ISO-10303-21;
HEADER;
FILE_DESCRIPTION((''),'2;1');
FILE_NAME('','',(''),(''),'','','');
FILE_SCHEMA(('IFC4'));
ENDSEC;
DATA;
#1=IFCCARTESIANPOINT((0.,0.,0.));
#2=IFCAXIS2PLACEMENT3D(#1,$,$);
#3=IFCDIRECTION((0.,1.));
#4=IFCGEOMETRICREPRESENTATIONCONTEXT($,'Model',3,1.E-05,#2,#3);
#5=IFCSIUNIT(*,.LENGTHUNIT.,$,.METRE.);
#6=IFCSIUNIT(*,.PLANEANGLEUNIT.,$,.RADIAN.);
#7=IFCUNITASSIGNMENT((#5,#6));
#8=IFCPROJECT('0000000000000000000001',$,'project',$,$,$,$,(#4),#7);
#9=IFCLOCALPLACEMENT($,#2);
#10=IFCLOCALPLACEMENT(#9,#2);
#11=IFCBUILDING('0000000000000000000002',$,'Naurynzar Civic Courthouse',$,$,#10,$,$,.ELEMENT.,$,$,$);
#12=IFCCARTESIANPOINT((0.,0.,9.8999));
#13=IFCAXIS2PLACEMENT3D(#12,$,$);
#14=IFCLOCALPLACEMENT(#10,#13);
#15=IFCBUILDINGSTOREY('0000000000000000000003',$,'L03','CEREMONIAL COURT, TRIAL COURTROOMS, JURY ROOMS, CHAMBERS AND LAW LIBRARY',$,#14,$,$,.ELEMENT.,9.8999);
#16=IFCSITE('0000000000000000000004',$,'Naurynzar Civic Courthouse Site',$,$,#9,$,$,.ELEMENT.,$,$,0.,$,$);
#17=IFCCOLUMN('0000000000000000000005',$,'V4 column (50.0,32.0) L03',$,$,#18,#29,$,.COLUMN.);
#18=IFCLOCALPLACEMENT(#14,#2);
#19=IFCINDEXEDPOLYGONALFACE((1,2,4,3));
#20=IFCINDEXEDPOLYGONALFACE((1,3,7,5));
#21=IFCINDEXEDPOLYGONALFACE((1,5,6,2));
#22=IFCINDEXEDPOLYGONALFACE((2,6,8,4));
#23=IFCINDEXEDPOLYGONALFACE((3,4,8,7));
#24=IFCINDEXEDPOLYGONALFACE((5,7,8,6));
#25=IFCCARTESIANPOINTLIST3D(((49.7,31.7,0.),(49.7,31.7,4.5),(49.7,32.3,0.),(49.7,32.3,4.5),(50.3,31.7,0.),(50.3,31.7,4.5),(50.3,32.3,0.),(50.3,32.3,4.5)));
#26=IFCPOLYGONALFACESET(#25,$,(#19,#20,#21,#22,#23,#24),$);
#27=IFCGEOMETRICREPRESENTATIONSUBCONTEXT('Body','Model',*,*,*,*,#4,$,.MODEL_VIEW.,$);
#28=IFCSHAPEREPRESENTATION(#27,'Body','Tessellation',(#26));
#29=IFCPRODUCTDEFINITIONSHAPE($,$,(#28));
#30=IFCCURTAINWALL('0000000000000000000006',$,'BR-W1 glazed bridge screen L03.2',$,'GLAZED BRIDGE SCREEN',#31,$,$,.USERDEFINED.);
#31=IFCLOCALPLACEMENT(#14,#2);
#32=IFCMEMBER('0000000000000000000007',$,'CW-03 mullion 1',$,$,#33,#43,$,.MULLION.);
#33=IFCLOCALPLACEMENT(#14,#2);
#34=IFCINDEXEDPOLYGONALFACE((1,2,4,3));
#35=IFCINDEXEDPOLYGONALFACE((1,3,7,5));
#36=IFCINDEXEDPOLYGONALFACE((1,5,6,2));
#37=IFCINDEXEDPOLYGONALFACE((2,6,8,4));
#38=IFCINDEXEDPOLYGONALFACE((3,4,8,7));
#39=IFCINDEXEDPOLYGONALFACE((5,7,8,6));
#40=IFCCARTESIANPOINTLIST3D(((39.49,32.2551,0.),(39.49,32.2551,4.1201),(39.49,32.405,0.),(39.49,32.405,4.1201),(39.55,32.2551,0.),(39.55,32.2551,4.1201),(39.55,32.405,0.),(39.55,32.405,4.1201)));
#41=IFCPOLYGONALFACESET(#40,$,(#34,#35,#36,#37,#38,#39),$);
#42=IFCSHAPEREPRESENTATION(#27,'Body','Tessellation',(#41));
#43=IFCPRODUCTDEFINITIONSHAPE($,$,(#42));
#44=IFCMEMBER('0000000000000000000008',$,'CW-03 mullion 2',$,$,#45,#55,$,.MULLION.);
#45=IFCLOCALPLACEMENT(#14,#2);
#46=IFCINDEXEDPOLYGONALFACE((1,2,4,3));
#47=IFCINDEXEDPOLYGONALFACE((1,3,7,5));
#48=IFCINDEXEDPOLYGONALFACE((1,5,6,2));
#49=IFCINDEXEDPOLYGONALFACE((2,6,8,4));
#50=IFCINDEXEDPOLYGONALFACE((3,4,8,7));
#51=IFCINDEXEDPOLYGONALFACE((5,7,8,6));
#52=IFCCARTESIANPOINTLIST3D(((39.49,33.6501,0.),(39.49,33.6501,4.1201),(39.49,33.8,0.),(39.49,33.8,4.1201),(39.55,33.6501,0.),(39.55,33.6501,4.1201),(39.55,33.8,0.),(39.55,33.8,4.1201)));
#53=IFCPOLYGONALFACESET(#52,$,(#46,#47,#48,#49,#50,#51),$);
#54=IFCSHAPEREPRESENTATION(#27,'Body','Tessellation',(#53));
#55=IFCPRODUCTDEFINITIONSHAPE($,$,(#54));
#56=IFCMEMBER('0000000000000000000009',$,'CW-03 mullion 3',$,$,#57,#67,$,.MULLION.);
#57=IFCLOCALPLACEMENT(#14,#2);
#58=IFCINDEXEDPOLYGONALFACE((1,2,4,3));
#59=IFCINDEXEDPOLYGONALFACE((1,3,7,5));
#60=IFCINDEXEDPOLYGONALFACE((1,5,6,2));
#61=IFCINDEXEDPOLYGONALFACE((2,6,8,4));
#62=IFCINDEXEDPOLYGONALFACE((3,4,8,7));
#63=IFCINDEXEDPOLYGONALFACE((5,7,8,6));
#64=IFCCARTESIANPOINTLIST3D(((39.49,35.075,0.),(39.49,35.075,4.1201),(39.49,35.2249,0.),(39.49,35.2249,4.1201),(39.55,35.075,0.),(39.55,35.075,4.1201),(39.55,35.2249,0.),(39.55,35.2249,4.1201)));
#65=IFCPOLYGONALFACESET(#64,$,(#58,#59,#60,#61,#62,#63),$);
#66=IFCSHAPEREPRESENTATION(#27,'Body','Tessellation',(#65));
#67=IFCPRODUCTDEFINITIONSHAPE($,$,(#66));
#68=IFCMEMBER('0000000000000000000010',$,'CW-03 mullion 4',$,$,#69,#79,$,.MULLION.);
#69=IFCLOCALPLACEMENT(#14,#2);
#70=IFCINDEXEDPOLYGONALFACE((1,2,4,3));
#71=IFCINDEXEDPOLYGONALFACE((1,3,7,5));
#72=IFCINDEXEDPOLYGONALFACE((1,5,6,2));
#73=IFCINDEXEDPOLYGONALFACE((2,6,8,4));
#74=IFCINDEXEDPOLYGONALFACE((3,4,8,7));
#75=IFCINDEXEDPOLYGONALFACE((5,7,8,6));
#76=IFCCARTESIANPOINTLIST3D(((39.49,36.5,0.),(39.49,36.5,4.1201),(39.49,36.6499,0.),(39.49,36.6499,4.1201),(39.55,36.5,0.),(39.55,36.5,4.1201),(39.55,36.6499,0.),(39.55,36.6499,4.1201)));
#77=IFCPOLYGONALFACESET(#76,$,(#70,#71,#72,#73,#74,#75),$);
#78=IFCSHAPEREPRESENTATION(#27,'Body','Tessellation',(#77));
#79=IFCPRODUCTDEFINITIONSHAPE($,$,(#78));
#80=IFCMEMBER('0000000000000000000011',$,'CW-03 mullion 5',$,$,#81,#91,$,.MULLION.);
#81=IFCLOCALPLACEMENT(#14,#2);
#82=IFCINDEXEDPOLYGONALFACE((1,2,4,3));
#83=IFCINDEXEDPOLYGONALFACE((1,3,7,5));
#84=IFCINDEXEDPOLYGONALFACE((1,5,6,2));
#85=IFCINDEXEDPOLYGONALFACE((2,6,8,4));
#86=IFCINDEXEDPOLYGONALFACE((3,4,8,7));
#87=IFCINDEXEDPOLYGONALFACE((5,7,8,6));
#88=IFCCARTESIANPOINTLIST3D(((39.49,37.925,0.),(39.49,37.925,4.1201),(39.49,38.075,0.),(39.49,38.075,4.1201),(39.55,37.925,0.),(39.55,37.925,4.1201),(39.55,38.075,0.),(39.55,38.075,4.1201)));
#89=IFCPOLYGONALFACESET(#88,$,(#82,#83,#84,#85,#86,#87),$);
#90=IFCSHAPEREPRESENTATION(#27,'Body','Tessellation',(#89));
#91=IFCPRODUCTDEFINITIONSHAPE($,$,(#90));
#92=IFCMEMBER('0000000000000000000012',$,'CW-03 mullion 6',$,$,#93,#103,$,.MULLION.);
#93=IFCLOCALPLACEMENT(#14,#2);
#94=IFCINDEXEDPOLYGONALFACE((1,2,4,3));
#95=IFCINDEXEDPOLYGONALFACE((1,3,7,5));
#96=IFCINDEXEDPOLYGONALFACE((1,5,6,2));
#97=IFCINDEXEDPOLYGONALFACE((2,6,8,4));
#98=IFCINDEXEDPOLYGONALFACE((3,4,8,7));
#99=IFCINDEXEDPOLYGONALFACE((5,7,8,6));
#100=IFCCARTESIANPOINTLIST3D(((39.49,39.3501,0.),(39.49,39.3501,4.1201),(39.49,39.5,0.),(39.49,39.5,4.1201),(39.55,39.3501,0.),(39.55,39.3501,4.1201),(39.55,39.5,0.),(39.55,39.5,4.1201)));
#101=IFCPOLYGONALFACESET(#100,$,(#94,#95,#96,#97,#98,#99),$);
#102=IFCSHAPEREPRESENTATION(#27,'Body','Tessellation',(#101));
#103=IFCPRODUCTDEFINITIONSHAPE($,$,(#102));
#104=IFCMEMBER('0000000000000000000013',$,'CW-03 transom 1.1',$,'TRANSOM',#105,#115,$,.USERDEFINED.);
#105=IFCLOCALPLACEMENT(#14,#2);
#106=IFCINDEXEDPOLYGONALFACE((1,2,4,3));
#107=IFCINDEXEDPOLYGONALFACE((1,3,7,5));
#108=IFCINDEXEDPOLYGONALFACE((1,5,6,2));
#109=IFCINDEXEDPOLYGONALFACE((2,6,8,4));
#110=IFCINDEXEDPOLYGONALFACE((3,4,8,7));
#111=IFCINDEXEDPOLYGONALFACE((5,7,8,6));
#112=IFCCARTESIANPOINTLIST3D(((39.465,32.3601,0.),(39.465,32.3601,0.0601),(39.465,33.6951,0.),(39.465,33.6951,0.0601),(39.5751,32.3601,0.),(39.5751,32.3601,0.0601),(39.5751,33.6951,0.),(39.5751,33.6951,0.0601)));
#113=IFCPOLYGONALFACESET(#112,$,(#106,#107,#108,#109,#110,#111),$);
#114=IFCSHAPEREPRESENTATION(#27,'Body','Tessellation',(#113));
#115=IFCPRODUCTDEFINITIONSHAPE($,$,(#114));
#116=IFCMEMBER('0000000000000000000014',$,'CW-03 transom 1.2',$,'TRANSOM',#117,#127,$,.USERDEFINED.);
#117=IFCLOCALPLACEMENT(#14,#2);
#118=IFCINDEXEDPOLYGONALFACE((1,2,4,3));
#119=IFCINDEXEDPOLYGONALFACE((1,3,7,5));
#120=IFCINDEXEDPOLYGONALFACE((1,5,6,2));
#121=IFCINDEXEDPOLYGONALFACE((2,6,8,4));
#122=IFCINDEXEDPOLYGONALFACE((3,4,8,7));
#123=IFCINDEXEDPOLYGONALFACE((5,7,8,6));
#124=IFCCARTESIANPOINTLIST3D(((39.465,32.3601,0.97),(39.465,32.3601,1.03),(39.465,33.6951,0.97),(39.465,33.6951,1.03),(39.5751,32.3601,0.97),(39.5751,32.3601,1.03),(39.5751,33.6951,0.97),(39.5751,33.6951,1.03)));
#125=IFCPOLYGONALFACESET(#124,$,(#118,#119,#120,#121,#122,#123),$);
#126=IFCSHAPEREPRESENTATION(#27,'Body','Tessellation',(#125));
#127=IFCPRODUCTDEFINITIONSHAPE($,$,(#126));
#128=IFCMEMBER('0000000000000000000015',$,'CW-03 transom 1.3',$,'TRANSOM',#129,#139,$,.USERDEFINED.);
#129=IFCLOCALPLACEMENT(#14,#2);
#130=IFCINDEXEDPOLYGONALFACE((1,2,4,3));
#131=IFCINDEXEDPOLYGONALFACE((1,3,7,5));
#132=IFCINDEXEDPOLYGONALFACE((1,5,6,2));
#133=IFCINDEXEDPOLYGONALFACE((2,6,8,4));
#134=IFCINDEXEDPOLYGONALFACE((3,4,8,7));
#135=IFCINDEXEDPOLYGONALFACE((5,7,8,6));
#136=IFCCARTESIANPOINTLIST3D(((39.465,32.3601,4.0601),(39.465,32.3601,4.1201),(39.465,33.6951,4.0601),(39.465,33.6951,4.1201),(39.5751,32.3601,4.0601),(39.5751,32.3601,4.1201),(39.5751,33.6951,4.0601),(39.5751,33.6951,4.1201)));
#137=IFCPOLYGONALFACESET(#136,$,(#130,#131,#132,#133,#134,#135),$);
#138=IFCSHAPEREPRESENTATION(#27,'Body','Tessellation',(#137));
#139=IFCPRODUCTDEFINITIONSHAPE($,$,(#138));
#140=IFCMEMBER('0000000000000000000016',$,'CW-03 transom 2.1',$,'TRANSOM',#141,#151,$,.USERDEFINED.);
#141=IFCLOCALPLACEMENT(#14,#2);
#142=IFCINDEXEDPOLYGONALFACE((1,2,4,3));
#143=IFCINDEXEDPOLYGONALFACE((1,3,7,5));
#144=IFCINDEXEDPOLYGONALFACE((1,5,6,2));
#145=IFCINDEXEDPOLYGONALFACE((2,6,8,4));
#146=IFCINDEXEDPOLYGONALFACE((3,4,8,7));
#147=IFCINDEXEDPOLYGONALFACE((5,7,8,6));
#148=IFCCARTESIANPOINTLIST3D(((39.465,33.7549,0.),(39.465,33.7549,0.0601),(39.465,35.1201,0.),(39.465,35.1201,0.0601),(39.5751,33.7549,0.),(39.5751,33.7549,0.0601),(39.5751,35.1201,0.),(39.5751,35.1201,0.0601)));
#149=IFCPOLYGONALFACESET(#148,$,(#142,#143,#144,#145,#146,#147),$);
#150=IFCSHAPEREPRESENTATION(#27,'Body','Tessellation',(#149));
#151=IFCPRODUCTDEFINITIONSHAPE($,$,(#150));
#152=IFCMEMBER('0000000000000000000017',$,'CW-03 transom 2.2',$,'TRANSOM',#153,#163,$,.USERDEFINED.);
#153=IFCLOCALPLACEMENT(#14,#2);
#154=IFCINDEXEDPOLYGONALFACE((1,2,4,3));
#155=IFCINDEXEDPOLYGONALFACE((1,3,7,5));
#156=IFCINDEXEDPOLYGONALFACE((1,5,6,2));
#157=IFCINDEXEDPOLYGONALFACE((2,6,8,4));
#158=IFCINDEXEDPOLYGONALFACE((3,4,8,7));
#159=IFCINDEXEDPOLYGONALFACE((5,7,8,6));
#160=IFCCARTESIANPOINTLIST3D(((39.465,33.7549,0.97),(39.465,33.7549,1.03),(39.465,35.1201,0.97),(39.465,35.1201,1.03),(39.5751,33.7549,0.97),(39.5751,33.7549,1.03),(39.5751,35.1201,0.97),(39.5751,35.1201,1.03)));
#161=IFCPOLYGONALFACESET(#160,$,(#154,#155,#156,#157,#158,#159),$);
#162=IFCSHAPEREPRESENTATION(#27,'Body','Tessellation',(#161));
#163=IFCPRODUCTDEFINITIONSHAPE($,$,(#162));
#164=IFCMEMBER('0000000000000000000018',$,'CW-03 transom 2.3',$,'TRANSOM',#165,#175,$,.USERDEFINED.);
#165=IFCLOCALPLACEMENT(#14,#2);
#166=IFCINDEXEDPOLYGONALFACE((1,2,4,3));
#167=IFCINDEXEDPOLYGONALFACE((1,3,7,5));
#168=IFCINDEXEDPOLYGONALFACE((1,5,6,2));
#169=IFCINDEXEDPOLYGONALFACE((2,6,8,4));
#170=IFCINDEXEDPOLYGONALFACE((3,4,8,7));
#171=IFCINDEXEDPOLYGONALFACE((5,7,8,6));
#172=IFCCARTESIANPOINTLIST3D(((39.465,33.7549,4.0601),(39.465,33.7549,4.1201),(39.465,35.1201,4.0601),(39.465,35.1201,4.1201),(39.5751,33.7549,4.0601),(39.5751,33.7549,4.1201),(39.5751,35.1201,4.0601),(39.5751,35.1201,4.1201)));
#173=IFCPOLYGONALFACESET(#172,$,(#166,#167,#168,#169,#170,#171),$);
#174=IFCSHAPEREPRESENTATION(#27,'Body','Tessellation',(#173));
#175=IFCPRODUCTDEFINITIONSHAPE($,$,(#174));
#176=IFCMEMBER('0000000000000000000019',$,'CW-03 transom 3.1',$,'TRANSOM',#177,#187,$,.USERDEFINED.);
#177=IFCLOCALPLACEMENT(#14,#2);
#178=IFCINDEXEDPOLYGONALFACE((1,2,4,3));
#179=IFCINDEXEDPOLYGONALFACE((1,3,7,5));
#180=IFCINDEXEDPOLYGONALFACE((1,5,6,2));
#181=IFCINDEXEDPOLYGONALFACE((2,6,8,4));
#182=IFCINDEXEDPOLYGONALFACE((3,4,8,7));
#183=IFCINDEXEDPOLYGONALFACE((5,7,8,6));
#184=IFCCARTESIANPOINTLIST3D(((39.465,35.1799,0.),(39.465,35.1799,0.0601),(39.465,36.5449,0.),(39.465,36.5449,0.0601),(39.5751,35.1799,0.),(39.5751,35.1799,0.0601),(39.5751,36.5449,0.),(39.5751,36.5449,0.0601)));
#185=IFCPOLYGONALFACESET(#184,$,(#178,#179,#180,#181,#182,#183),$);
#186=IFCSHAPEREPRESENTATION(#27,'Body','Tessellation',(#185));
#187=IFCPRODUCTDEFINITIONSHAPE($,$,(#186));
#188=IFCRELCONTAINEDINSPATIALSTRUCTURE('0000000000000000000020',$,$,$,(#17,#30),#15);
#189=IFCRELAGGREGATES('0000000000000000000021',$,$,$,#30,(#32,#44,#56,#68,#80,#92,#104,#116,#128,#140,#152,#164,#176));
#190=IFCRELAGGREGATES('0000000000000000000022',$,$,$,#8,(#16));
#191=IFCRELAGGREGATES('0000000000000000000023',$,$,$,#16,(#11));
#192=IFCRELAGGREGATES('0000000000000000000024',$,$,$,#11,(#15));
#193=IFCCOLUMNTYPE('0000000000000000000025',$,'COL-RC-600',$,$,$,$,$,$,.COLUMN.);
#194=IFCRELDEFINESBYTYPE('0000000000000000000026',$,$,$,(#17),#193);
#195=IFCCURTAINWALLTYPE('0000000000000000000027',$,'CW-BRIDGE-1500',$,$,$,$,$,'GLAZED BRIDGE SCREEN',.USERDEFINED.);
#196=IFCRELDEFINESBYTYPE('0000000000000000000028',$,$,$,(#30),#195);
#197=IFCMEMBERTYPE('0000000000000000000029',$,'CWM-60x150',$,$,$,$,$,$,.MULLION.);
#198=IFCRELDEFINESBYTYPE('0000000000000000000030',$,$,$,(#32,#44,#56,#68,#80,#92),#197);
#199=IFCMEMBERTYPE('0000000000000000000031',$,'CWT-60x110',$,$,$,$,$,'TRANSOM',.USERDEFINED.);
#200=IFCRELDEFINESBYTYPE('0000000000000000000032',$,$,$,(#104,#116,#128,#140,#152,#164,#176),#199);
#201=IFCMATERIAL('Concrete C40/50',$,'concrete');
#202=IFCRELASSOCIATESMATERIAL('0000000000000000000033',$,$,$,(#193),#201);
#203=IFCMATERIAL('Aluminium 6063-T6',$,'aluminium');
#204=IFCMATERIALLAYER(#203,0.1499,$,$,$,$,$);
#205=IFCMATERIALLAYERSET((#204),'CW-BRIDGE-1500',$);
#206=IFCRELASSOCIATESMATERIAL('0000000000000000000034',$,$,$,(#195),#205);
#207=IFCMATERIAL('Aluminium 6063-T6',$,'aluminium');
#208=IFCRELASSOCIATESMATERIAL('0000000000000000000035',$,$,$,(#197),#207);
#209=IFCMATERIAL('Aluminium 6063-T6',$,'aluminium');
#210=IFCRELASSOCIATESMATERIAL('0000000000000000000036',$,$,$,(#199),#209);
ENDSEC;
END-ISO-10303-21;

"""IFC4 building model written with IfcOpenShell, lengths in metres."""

from ifc_helpers import new_model, si_unit, direction, frame, origin, origin_2d, place, context, subcontext, project, spatial, rectangle, extrude, material, layer, layer_set, material_profile, profile_set, type_object, element, aggregate, save


model = new_model("IFC4")

# Units and contexts
model_context = context("Model", 3, precision=1e-05, world=origin(), true_north=direction((0.0, 1.0)))
body_context = subcontext(model_context, "Body", "Model", "MODEL_VIEW")
ifc_project = project(units=[si_unit("LENGTHUNIT", "METRE"), si_unit("PLANEANGLEUNIT", "RADIAN")], contexts=[model_context])

# Site, building, storey
site_placement = place(None, origin())
site = spatial("IfcSite", under=ifc_project, at=site_placement, Name="Naurynzar Civic Courthouse Site", CompositionType="ELEMENT", RefElevation=0.0)
building_placement = place(site_placement, origin())
building = spatial("IfcBuilding", under=site, at=building_placement, Name="Naurynzar Civic Courthouse", CompositionType="ELEMENT")
storey_placement = place(building_placement, frame((0.0, 0.0, 9.8999)))
storey = spatial("IfcBuildingStorey", under=building, at=storey_placement, Name="L03", Description="CEREMONIAL COURT, TRIAL COURTROOMS, JURY ROOMS, CHAMBERS AND LAW LIBRARY", CompositionType="ELEMENT", Elevation=9.8999)

# Column
ifc_material_1 = material(Name="Concrete C40/50", Category="concrete")
ifc_material_profile_1 = material_profile(ifc_material_1, rectangle(XDim=0.6001, YDim=0.6001, at=origin_2d()), Name="RC 600x600")
ifc_profile_set_1 = profile_set([ifc_material_profile_1], Name="Concrete C40/50")
column_type = type_object("IfcColumnType", Name="COL-RC-600", PredefinedType="COLUMN", material=ifc_profile_set_1)
column_placement = place(storey_placement, frame((50.0, 32.0, 0.0), z_axis=(0.0, 0.0, 1.0), x_axis=(1.0, 0.0, 0.0)))
element("IfcColumn", 1, at=column_placement, inside=storey, type_object=column_type, Name="V4 column (50.0,32.0) L03", PredefinedType="COLUMN", context=body_context, shape_type="SweptSolid", body=[
    extrude(rectangle(XDim=0.6001, YDim=0.6001, at=origin_2d()), origin(), (0.0, 0.0, 1.0), 4.5),
])

# Curtain wall, members
ifc_material_2 = material(Name="Aluminium 6063-T6", Category="aluminium")
ifc_layer_1 = layer(ifc_material_2, 0.1499)
ifc_layer_set_1 = layer_set([ifc_layer_1], Name="CW-BRIDGE-1500")
curtain_wall_type = type_object("IfcCurtainWallType", Name="CW-BRIDGE-1500", ElementType="GLAZED BRIDGE SCREEN", PredefinedType="USERDEFINED", material=ifc_layer_set_1)
curtain_wall_placement = place(storey_placement, origin())
curtain_wall = element("IfcCurtainWall", 2, at=curtain_wall_placement, inside=storey, type_object=curtain_wall_type, Name="BR-W1 glazed bridge screen L03.2", ObjectType="GLAZED BRIDGE SCREEN", PredefinedType="USERDEFINED")
ifc_material_3 = material(Name="Aluminium 6063-T6", Category="aluminium")
ifc_material_profile_2 = material_profile(ifc_material_3, rectangle(XDim=0.0601, YDim=0.1499, at=origin_2d()), Name="ALU MULLION 60x150")
ifc_profile_set_2 = profile_set([ifc_material_profile_2], Name="Aluminium 6063-T6")
member_type_1 = type_object("IfcMemberType", Name="CWM-60x150", PredefinedType="MULLION", material=ifc_profile_set_2)
member_1_placement = place(storey_placement, frame((39.52, 32.3301, 0.0), z_axis=(0.0, 0.0, 1.0), x_axis=(-1.0, 0.0, 0.0)))
member_1 = element("IfcMember", 3, at=member_1_placement, type_object=member_type_1, Name="CW-03 mullion 1", PredefinedType="MULLION", context=body_context, shape_type="SweptSolid", body=[
    extrude(rectangle(XDim=0.0601, YDim=0.1499, at=origin_2d()), origin(), (0.0, 0.0, 1.0), 4.1201),
])
member_2_placement = place(storey_placement, frame((39.52, 33.7251, 0.0), z_axis=(0.0, 0.0, 1.0), x_axis=(-1.0, 0.0, 0.0)))
member_2 = element("IfcMember", 4, at=member_2_placement, type_object=member_type_1, Name="CW-03 mullion 2", PredefinedType="MULLION", context=body_context, shape_type="SweptSolid", body=[
    extrude(rectangle(XDim=0.0601, YDim=0.1499, at=origin_2d()), origin(), (0.0, 0.0, 1.0), 4.1201),
])
member_3_placement = place(storey_placement, frame((39.52, 35.1499, 0.0), z_axis=(0.0, 0.0, 1.0), x_axis=(-1.0, 0.0, 0.0)))
member_3 = element("IfcMember", 5, at=member_3_placement, type_object=member_type_1, Name="CW-03 mullion 3", PredefinedType="MULLION", context=body_context, shape_type="SweptSolid", body=[
    extrude(rectangle(XDim=0.0601, YDim=0.1499, at=origin_2d()), origin(), (0.0, 0.0, 1.0), 4.1201),
])
member_4_placement = place(storey_placement, frame((39.52, 36.575, 0.0), z_axis=(0.0, 0.0, 1.0), x_axis=(-1.0, 0.0, 0.0)))
member_4 = element("IfcMember", 6, at=member_4_placement, type_object=member_type_1, Name="CW-03 mullion 4", PredefinedType="MULLION", context=body_context, shape_type="SweptSolid", body=[
    extrude(rectangle(XDim=0.0601, YDim=0.1499, at=origin_2d()), origin(), (0.0, 0.0, 1.0), 4.1201),
])
member_5_placement = place(storey_placement, frame((39.52, 38.0, 0.0), z_axis=(0.0, 0.0, 1.0), x_axis=(-1.0, 0.0, 0.0)))
member_5 = element("IfcMember", 7, at=member_5_placement, type_object=member_type_1, Name="CW-03 mullion 5", PredefinedType="MULLION", context=body_context, shape_type="SweptSolid", body=[
    extrude(rectangle(XDim=0.0601, YDim=0.1499, at=origin_2d()), origin(), (0.0, 0.0, 1.0), 4.1201),
])
member_6_placement = place(storey_placement, frame((39.52, 39.425, 0.0), z_axis=(0.0, 0.0, 1.0), x_axis=(-1.0, 0.0, 0.0)))
member_6 = element("IfcMember", 8, at=member_6_placement, type_object=member_type_1, Name="CW-03 mullion 6", PredefinedType="MULLION", context=body_context, shape_type="SweptSolid", body=[
    extrude(rectangle(XDim=0.0601, YDim=0.1499, at=origin_2d()), origin(), (0.0, 0.0, 1.0), 4.1201),
])
ifc_material_4 = material(Name="Aluminium 6063-T6", Category="aluminium")
ifc_material_profile_3 = material_profile(ifc_material_4, rectangle(XDim=0.1101, YDim=0.0601, at=origin_2d()), Name="ALU TRANSOM 60x110")
ifc_profile_set_3 = profile_set([ifc_material_profile_3], Name="Aluminium 6063-T6")
member_type_2 = type_object("IfcMemberType", Name="CWT-60x110", ElementType="TRANSOM", PredefinedType="USERDEFINED", material=ifc_profile_set_3)
member_7_placement = place(storey_placement, frame((39.52, 32.3601, 0.03), z_axis=(0.0, 1.0, 0.0), x_axis=(-1.0, 0.0, 0.0)))
member_7 = element("IfcMember", 9, at=member_7_placement, type_object=member_type_2, Name="CW-03 transom 1.1", ObjectType="TRANSOM", PredefinedType="USERDEFINED", context=body_context, shape_type="SweptSolid", body=[
    extrude(rectangle(XDim=0.1101, YDim=0.0601, at=origin_2d()), origin(), (0.0, 0.0, 1.0), 1.335),
])
member_8_placement = place(storey_placement, frame((39.52, 32.3601, 1.0), z_axis=(0.0, 1.0, 0.0), x_axis=(-1.0, 0.0, 0.0)))
member_8 = element("IfcMember", 10, at=member_8_placement, type_object=member_type_2, Name="CW-03 transom 1.2", ObjectType="TRANSOM", PredefinedType="USERDEFINED", context=body_context, shape_type="SweptSolid", body=[
    extrude(rectangle(XDim=0.1101, YDim=0.0601, at=origin_2d()), origin(), (0.0, 0.0, 1.0), 1.335),
])
member_9_placement = place(storey_placement, frame((39.52, 32.3601, 4.0901), z_axis=(0.0, 1.0, 0.0), x_axis=(-1.0, 0.0, 0.0)))
member_9 = element("IfcMember", 11, at=member_9_placement, type_object=member_type_2, Name="CW-03 transom 1.3", ObjectType="TRANSOM", PredefinedType="USERDEFINED", context=body_context, shape_type="SweptSolid", body=[
    extrude(rectangle(XDim=0.1101, YDim=0.0601, at=origin_2d()), origin(), (0.0, 0.0, 1.0), 1.335),
])
member_10_placement = place(storey_placement, frame((39.52, 33.7549, 0.03), z_axis=(0.0, 1.0, 0.0), x_axis=(-1.0, 0.0, 0.0)))
member_10 = element("IfcMember", 12, at=member_10_placement, type_object=member_type_2, Name="CW-03 transom 2.1", ObjectType="TRANSOM", PredefinedType="USERDEFINED", context=body_context, shape_type="SweptSolid", body=[
    extrude(rectangle(XDim=0.1101, YDim=0.0601, at=origin_2d()), origin(), (0.0, 0.0, 1.0), 1.3652),
])
member_11_placement = place(storey_placement, frame((39.52, 33.7549, 1.0), z_axis=(0.0, 1.0, 0.0), x_axis=(-1.0, 0.0, 0.0)))
member_11 = element("IfcMember", 13, at=member_11_placement, type_object=member_type_2, Name="CW-03 transom 2.2", ObjectType="TRANSOM", PredefinedType="USERDEFINED", context=body_context, shape_type="SweptSolid", body=[
    extrude(rectangle(XDim=0.1101, YDim=0.0601, at=origin_2d()), origin(), (0.0, 0.0, 1.0), 1.3652),
])
member_12_placement = place(storey_placement, frame((39.52, 33.7549, 4.0901), z_axis=(0.0, 1.0, 0.0), x_axis=(-1.0, 0.0, 0.0)))
member_12 = element("IfcMember", 14, at=member_12_placement, type_object=member_type_2, Name="CW-03 transom 2.3", ObjectType="TRANSOM", PredefinedType="USERDEFINED", context=body_context, shape_type="SweptSolid", body=[
    extrude(rectangle(XDim=0.1101, YDim=0.0601, at=origin_2d()), origin(), (0.0, 0.0, 1.0), 1.3652),
])
member_13_placement = place(storey_placement, frame((39.52, 35.1799, 0.03), z_axis=(0.0, 1.0, 0.0), x_axis=(-1.0, 0.0, 0.0)))
member_13 = element("IfcMember", 15, at=member_13_placement, type_object=member_type_2, Name="CW-03 transom 3.1", ObjectType="TRANSOM", PredefinedType="USERDEFINED", context=body_context, shape_type="SweptSolid", body=[
    extrude(rectangle(XDim=0.1101, YDim=0.0601, at=origin_2d()), origin(), (0.0, 0.0, 1.0), 1.365),
])

aggregate(curtain_wall, [member_1, member_2, member_3, member_4, member_5, member_6, member_7, member_8, member_9, member_10, member_11, member_12, member_13])

save(model, "model.ifc")
